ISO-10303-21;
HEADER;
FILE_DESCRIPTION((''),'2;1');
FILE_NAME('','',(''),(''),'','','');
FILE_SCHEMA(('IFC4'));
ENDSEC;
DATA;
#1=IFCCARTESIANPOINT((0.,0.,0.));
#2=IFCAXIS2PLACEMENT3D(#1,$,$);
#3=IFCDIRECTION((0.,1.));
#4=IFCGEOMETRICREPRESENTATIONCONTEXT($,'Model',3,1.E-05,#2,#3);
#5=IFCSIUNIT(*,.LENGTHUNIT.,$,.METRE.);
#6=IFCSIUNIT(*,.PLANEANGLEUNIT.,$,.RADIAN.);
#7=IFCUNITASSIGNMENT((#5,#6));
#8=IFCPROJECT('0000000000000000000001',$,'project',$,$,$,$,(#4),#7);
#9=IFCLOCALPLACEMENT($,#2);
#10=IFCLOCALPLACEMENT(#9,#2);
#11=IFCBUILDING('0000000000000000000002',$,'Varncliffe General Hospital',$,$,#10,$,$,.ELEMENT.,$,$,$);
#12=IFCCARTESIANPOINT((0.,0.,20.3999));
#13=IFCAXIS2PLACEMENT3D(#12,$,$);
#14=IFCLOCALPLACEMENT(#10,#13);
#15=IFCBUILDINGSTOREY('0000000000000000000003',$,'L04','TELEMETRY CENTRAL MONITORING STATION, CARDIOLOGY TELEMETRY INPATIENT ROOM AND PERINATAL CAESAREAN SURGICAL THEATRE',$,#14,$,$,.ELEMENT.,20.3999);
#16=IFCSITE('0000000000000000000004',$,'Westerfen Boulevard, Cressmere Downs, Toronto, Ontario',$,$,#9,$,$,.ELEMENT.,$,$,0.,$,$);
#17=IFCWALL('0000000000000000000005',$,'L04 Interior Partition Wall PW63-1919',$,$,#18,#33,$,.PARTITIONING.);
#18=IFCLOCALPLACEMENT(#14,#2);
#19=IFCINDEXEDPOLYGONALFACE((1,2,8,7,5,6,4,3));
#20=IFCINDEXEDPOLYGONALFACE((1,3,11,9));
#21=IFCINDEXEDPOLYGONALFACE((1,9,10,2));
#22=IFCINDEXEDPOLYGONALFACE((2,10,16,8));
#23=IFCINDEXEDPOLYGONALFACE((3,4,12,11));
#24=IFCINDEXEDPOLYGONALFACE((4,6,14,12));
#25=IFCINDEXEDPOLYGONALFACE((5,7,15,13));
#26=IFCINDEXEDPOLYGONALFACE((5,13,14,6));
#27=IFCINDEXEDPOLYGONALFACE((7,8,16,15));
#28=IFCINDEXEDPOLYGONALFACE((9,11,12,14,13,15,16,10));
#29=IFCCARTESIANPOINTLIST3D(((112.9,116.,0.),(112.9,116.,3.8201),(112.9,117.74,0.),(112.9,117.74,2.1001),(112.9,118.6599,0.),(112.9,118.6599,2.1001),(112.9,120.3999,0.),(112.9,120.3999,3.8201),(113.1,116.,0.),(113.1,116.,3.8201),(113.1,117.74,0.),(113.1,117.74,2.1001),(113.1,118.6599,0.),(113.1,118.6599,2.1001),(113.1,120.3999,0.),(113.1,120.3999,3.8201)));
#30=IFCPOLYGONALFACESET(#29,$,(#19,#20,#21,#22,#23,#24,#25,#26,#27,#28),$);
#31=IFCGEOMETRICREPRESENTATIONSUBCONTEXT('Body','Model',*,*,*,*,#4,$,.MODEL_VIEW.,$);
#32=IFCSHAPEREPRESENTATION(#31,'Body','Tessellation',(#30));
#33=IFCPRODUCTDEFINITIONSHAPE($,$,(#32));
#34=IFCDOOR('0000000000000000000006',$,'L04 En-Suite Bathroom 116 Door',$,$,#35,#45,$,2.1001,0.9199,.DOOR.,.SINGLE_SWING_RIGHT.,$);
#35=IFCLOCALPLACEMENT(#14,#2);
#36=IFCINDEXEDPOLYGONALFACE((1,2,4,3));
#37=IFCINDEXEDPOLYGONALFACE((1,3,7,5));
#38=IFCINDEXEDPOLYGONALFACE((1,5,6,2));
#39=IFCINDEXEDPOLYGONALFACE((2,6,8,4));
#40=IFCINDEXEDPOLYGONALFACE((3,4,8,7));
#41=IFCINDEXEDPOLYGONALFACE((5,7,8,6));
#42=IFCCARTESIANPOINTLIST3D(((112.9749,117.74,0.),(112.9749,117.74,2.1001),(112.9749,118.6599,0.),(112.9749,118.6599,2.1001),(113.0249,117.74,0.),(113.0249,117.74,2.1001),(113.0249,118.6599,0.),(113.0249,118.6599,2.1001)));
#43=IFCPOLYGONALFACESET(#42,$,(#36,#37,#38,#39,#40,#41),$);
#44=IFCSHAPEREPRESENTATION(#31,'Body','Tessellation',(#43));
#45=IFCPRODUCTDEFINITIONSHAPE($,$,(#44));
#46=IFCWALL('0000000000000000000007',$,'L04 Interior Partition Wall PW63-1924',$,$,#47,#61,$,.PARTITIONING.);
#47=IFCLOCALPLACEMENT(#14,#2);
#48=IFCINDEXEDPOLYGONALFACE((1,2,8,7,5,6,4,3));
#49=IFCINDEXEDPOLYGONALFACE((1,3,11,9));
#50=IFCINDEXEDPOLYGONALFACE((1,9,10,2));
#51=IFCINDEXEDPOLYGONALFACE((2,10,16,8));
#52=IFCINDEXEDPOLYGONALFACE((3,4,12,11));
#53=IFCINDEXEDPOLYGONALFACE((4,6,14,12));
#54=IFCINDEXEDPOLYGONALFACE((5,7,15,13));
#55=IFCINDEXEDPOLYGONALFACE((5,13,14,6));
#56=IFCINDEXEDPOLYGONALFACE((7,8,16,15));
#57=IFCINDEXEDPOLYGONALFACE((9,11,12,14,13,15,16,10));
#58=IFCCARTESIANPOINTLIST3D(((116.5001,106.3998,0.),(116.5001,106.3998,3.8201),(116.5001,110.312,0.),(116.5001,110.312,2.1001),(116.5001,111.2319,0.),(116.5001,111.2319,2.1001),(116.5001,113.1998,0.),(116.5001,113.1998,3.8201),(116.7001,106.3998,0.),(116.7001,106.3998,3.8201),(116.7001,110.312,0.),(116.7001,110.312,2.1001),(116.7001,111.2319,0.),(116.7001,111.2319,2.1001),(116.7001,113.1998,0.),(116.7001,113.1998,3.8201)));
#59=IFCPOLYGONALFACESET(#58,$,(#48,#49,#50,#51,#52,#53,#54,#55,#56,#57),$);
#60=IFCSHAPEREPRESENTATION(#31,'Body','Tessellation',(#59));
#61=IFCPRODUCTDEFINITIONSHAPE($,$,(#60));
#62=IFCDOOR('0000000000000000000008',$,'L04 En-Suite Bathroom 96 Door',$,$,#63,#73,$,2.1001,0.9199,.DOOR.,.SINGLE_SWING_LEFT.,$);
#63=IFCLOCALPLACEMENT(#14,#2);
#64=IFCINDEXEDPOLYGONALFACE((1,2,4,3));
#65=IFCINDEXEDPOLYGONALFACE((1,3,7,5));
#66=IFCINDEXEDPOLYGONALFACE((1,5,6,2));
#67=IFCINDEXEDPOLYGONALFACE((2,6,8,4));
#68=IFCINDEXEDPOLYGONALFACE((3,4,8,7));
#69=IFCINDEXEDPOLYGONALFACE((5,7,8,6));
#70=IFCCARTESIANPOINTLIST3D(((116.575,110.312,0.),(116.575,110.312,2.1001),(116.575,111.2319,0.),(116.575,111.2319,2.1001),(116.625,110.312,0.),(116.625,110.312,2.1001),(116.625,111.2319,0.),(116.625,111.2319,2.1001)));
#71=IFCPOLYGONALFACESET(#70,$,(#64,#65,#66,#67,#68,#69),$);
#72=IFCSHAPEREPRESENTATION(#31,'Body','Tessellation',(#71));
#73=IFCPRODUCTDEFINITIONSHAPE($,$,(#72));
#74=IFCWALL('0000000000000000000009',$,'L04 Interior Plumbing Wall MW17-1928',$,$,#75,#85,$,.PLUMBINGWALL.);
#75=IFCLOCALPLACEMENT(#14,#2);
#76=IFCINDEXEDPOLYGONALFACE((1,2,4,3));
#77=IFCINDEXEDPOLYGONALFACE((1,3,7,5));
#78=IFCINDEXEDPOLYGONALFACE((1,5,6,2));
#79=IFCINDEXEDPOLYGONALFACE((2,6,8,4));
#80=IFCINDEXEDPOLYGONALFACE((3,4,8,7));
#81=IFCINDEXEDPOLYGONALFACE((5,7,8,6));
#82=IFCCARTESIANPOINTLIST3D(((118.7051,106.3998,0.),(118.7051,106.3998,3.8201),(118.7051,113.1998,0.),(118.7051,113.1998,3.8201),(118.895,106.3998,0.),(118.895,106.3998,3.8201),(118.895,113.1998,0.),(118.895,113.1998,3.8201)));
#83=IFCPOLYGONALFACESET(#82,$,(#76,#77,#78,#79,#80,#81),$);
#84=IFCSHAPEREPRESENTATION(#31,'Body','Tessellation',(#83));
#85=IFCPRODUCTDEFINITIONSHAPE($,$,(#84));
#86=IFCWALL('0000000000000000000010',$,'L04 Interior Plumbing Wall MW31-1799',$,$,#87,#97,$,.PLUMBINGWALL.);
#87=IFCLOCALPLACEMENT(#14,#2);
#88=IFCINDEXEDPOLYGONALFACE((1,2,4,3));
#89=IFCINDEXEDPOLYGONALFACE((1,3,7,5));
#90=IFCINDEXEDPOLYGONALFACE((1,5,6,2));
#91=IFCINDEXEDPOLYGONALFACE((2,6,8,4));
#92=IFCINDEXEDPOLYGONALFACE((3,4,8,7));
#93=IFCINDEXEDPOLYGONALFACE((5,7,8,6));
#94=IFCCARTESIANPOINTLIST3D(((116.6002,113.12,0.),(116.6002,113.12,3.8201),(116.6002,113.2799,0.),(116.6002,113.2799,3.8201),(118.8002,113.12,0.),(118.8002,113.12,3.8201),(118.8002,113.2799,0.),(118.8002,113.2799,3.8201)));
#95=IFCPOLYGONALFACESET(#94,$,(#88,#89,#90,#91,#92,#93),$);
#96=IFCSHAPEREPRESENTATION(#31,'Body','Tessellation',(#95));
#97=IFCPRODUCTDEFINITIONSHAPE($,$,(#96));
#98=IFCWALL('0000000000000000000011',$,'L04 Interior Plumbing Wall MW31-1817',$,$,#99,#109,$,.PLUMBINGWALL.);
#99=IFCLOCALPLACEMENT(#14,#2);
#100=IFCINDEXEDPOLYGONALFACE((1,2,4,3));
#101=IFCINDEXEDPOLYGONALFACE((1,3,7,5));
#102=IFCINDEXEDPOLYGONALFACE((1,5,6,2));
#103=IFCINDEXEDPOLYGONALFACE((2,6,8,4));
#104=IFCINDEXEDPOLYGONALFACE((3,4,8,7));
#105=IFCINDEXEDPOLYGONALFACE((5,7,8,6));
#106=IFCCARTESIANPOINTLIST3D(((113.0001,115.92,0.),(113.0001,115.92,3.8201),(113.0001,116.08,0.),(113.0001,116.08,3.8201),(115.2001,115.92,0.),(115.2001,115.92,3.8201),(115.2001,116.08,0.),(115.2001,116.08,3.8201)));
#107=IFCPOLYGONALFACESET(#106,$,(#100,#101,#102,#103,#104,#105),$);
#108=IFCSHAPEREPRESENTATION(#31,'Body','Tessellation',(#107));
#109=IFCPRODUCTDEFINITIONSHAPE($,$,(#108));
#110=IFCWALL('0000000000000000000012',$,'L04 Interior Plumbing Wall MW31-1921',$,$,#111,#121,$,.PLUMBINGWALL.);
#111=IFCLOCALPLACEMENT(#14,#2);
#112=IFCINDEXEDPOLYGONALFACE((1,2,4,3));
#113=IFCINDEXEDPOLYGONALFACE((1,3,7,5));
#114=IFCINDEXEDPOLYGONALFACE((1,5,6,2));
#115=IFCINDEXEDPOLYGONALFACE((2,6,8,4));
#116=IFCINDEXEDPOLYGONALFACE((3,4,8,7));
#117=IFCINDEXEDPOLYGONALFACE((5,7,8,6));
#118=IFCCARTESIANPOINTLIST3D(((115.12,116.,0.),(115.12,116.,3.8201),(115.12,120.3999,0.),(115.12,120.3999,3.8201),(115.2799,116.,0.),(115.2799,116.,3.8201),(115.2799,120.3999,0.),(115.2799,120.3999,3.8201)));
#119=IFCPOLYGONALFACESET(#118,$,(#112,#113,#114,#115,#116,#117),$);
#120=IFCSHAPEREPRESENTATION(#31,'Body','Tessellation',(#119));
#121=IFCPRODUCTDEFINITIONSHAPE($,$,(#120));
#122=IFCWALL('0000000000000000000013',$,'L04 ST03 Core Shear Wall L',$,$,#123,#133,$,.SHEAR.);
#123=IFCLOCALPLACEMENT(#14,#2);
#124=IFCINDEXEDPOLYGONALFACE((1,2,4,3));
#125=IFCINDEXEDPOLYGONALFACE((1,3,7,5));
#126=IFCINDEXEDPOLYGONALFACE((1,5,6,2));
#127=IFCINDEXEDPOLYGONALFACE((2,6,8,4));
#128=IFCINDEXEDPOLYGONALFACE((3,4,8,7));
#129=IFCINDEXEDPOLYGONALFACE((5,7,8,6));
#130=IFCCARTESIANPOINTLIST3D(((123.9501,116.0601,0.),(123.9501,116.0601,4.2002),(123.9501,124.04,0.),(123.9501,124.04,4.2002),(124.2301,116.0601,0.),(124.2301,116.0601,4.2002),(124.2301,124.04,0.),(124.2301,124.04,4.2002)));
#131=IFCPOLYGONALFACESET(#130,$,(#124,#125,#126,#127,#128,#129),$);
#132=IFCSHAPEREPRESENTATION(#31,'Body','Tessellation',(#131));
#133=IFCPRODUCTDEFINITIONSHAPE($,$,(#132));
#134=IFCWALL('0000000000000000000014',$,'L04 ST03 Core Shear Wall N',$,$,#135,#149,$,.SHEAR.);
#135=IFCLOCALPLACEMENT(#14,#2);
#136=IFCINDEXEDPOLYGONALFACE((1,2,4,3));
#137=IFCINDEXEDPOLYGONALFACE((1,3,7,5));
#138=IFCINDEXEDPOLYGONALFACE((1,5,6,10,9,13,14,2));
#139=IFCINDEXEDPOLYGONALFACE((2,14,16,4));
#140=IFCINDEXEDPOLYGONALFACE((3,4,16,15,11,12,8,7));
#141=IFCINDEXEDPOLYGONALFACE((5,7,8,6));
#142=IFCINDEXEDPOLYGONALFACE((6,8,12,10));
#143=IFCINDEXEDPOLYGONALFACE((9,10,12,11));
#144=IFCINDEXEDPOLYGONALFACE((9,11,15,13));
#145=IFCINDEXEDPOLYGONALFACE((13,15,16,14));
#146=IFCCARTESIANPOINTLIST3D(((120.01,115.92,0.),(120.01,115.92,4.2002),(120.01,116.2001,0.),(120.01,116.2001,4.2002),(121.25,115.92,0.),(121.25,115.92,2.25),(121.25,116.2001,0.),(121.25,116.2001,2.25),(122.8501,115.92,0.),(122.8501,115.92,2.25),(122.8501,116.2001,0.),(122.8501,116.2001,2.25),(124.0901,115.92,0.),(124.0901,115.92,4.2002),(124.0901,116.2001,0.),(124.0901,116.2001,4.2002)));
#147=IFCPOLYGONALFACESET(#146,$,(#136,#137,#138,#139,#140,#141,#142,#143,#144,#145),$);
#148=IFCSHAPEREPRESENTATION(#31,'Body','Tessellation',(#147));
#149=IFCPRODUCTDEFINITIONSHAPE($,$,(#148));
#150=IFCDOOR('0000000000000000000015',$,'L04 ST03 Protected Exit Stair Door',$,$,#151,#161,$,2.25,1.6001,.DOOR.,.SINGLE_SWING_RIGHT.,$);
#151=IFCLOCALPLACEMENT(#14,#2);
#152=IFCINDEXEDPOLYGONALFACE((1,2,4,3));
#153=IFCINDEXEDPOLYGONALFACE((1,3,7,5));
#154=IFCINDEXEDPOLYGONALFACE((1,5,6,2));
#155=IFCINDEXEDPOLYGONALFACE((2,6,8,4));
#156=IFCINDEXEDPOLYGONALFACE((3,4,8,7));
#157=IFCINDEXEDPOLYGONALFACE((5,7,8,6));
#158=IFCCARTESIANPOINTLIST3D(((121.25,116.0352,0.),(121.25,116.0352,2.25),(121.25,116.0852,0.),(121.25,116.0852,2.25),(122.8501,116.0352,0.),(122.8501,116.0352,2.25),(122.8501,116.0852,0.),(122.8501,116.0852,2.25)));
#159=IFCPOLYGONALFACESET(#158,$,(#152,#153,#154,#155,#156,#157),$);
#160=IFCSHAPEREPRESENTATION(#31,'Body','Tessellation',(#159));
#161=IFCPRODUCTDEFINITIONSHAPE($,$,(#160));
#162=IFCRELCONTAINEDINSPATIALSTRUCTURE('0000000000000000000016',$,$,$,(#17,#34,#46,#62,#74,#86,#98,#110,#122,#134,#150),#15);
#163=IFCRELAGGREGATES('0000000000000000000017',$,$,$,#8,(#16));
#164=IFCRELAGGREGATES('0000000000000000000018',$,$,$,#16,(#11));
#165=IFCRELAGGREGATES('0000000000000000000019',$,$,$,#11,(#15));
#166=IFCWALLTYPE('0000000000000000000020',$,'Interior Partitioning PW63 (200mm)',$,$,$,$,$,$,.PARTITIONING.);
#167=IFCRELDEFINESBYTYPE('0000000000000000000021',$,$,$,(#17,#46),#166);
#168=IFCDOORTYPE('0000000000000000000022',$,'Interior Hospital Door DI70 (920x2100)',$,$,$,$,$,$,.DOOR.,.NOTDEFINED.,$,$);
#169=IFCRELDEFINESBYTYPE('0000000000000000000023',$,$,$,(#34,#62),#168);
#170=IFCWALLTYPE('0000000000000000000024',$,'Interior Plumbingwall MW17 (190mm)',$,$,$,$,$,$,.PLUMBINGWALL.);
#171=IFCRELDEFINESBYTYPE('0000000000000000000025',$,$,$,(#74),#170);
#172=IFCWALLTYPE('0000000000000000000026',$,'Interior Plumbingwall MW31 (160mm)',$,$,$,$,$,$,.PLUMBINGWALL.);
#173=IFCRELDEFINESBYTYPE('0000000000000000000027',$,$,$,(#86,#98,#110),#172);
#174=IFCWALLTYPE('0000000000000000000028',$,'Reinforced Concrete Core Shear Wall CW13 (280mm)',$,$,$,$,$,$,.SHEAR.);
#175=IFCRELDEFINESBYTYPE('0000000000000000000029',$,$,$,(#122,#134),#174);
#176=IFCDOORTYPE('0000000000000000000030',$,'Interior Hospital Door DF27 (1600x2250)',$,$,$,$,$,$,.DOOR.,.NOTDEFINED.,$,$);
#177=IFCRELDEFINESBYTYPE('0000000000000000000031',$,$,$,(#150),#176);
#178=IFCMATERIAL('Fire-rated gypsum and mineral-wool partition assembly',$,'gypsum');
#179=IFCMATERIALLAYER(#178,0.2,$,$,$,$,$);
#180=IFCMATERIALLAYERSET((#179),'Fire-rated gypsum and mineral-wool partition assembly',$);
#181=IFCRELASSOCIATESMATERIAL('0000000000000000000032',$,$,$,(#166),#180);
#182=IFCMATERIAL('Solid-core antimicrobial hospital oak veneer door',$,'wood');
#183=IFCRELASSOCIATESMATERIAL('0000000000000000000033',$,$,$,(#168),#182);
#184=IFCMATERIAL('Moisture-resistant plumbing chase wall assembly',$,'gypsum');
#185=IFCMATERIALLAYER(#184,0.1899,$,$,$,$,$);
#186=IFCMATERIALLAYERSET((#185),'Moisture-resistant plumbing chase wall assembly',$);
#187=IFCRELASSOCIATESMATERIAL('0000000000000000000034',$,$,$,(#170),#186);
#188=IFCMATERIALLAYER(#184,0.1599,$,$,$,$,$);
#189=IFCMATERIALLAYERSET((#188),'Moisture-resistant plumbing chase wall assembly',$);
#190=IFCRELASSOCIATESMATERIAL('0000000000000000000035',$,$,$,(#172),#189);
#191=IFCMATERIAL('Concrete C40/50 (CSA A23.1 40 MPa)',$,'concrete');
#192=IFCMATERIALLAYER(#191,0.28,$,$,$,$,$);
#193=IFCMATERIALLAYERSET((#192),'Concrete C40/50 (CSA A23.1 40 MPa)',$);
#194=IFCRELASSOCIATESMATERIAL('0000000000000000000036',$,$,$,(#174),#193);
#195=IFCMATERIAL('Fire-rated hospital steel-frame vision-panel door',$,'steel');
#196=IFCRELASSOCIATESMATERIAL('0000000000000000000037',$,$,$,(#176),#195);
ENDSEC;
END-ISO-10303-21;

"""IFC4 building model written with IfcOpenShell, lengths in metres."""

from ifc_helpers import new_model, si_unit, direction, frame, frame_2d, origin, place, context, subcontext, project, spatial, rectangle, extrude, material, layer, layer_set, type_object, element, fill, save


model = new_model("IFC4")

# Units and contexts
model_context = context("Model", 3, precision=1e-05, world=origin(), true_north=direction((0.0, 1.0)))
body_context = subcontext(model_context, "Body", "Model", "MODEL_VIEW")
ifc_project = project(units=[si_unit("LENGTHUNIT", "METRE"), si_unit("PLANEANGLEUNIT", "RADIAN")], contexts=[model_context])

# Site, building, storey
site_placement = place(None, origin())
site = spatial("IfcSite", under=ifc_project, at=site_placement, Name="Westerfen Boulevard, Cressmere Downs, Toronto, Ontario", CompositionType="ELEMENT", RefElevation=0.0)
building_placement = place(site_placement, origin())
building = spatial("IfcBuilding", under=site, at=building_placement, Name="Varncliffe General Hospital", CompositionType="ELEMENT")
storey_placement = place(building_placement, frame((0.0, 0.0, 20.3999)))
storey = spatial("IfcBuildingStorey", under=building, at=storey_placement, Name="L04", Description="TELEMETRY CENTRAL MONITORING STATION, CARDIOLOGY TELEMETRY INPATIENT ROOM AND PERINATAL CAESAREAN SURGICAL THEATRE", CompositionType="ELEMENT", Elevation=20.3999)

# Shared definitions
ifc_material_1 = material(Name="Concrete C40/50 (CSA A23.1 40 MPa)", Category="concrete")

# Shared definitions
ifc_material_2 = material(Name="Fire-rated gypsum and mineral-wool partition assembly", Category="gypsum")
ifc_material_3 = material(Name="Fire-rated hospital steel-frame vision-panel door", Category="steel")

# Walls, openings, doors
ifc_layer_1 = layer(ifc_material_2, 0.2)
ifc_layer_set_1 = layer_set([ifc_layer_1], Name="Fire-rated gypsum and mineral-wool partition assembly")
wall_type_1 = type_object("IfcWallType", Name="Interior Partitioning PW63 (200mm)", PredefinedType="PARTITIONING", material=ifc_layer_set_1)
wall_1_placement = place(storey_placement, frame((113.0, 116.0, 0.0), z_axis=(0.0, 0.0, 1.0), x_axis=(0.0, 1.0, 0.0)))
wall_1 = element("IfcWall", 1, at=wall_1_placement, inside=storey, type_object=wall_type_1, Name="L04 Interior Partition Wall PW63-1919", PredefinedType="PARTITIONING", context=body_context, shape_type="SweptSolid", body=[
    extrude(rectangle(XDim=4.3999, YDim=0.2, at=frame_2d((2.2, 0.0))), origin(), (0.0, 0.0, 1.0), 3.8201),
])
opening_1_placement = place(wall_1_placement, frame((1.74, 0.0, 0.0)))
opening_1 = element("IfcOpeningElement", 2, at=opening_1_placement, cuts=wall_1, PredefinedType="OPENING", context=body_context, shape_type="SweptSolid", body=[
    extrude(rectangle(XDim=0.9199, YDim=2.1001, at=frame_2d((0.46, 1.05))), frame((0.0, 0.1099, 0.0), z_axis=(0.0, -1.0, 0.0), x_axis=(1.0, 0.0, 0.0)), (0.0, 0.0, 1.0), 0.22),
])
ifc_material_4 = material(Name="Solid-core antimicrobial hospital oak veneer door", Category="wood")
door_type_1 = type_object("IfcDoorType", Name="Interior Hospital Door DI70 (920x2100)", OperationType="NOTDEFINED", PredefinedType="DOOR", material=ifc_material_4)
door_1_placement = place(opening_1_placement, frame((0.9199, 0.0, 0.0), z_axis=(0.0, 0.0, 1.0), x_axis=(-1.0, 0.0, 0.0)))
door_1 = element("IfcDoor", 3, at=door_1_placement, inside=storey, type_object=door_type_1, Name="L04 En-Suite Bathroom 116 Door", OperationType="SINGLE_SWING_RIGHT", OverallHeight=2.1001, OverallWidth=0.9199, PredefinedType="DOOR", context=body_context, shape_type="SweptSolid", body=[
    extrude(rectangle(XDim=0.9199, YDim=2.1001, at=frame_2d((0.46, 1.05))), frame((0.0, 0.0249, 0.0), z_axis=(0.0, -1.0, 0.0), x_axis=(1.0, 0.0, 0.0)), (0.0, 0.0, 1.0), 0.05),
])
fill(opening_1, door_1)
wall_2_placement = place(storey_placement, frame((116.6001, 106.3999, 0.0), z_axis=(0.0, 0.0, 1.0), x_axis=(0.0, 1.0, 0.0)))
wall_2 = element("IfcWall", 4, at=wall_2_placement, inside=storey, type_object=wall_type_1, Name="L04 Interior Partition Wall PW63-1924", PredefinedType="PARTITIONING", context=body_context, shape_type="SweptSolid", body=[
    extrude(rectangle(XDim=6.8, YDim=0.2, at=frame_2d((3.3999, 0.0))), origin(), (0.0, 0.0, 1.0), 3.8201),
])
opening_2_placement = place(wall_2_placement, frame((3.9121, 0.0, 0.0)))
opening_2 = element("IfcOpeningElement", 5, at=opening_2_placement, cuts=wall_2, PredefinedType="OPENING", context=body_context, shape_type="SweptSolid", body=[
    extrude(rectangle(XDim=0.9199, YDim=2.1001, at=frame_2d((0.46, 1.05))), frame((0.0, 0.1099, 0.0), z_axis=(0.0, -1.0, 0.0), x_axis=(1.0, 0.0, 0.0)), (0.0, 0.0, 1.0), 0.22),
])
door_2_placement = place(opening_2_placement, frame((0.9199, 0.0, 0.0), z_axis=(0.0, 0.0, 1.0), x_axis=(-1.0, 0.0, 0.0)))
door_2 = element("IfcDoor", 6, at=door_2_placement, inside=storey, type_object=door_type_1, Name="L04 En-Suite Bathroom 96 Door", OperationType="SINGLE_SWING_LEFT", OverallHeight=2.1001, OverallWidth=0.9199, PredefinedType="DOOR", context=body_context, shape_type="SweptSolid", body=[
    extrude(rectangle(XDim=0.9199, YDim=2.1001, at=frame_2d((0.46, 1.05))), frame((0.0, 0.0249, 0.0), z_axis=(0.0, -1.0, 0.0), x_axis=(1.0, 0.0, 0.0)), (0.0, 0.0, 1.0), 0.05),
])
fill(opening_2, door_2)

# Walls
ifc_material_5 = material(Name="Moisture-resistant plumbing chase wall assembly", Category="gypsum")
ifc_layer_2 = layer(ifc_material_5, 0.1899)
ifc_layer_set_2 = layer_set([ifc_layer_2], Name="Moisture-resistant plumbing chase wall assembly")
wall_type_2 = type_object("IfcWallType", Name="Interior Plumbingwall MW17 (190mm)", PredefinedType="PLUMBINGWALL", material=ifc_layer_set_2)
wall_3_placement = place(storey_placement, frame((118.8, 106.3999, 0.0), z_axis=(0.0, 0.0, 1.0), x_axis=(0.0, 1.0, 0.0)))
element("IfcWall", 7, at=wall_3_placement, inside=storey, type_object=wall_type_2, Name="L04 Interior Plumbing Wall MW17-1928", PredefinedType="PLUMBINGWALL", context=body_context, shape_type="SweptSolid", body=[
    extrude(rectangle(XDim=6.8, YDim=0.1899, at=frame_2d((3.3999, 0.0))), origin(), (0.0, 0.0, 1.0), 3.8201),
])
ifc_layer_3 = layer(ifc_material_5, 0.1599)
ifc_layer_set_3 = layer_set([ifc_layer_3], Name="Moisture-resistant plumbing chase wall assembly")
wall_type_3 = type_object("IfcWallType", Name="Interior Plumbingwall MW31 (160mm)", PredefinedType="PLUMBINGWALL", material=ifc_layer_set_3)
for number, where, z_axis, x_axis, name in (
    (8, (116.6001, 113.2, 0.0), (0.0, 0.0, 1.0), (1.0, 0.0, 0.0), "L04 Interior Plumbing Wall MW31-1799"),
    (9, (113.0, 116.0, 0.0), (0.0, 0.0, 1.0), (1.0, 0.0, 0.0), "L04 Interior Plumbing Wall MW31-1817"),
):
    element("IfcWall", number, at=place(storey_placement, frame(where, z_axis=z_axis, x_axis=x_axis)), inside=storey, type_object=wall_type_3, Name=name, PredefinedType="PLUMBINGWALL", context=body_context, shape_type="SweptSolid", body=[
        extrude(rectangle(XDim=2.2, YDim=0.1599, at=frame_2d((1.1001, 0.0))), origin(), (0.0, 0.0, 1.0), 3.8201),
    ])
wall_4_placement = place(storey_placement, frame((115.2, 116.0, 0.0), z_axis=(0.0, 0.0, 1.0), x_axis=(0.0, 1.0, 0.0)))
element("IfcWall", 10, at=wall_4_placement, inside=storey, type_object=wall_type_3, Name="L04 Interior Plumbing Wall MW31-1921", PredefinedType="PLUMBINGWALL", context=body_context, shape_type="SweptSolid", body=[
    extrude(rectangle(XDim=4.3999, YDim=0.1599, at=frame_2d((2.2, 0.0))), origin(), (0.0, 0.0, 1.0), 3.8201),
])
ifc_layer_4 = layer(ifc_material_1, 0.28)
ifc_layer_set_4 = layer_set([ifc_layer_4], Name="Concrete C40/50 (CSA A23.1 40 MPa)")
wall_type_4 = type_object("IfcWallType", Name="Reinforced Concrete Core Shear Wall CW13 (280mm)", PredefinedType="SHEAR", material=ifc_layer_set_4)
wall_5_placement = place(storey_placement, frame((124.0901, 116.0601, 0.0), z_axis=(0.0, 0.0, 1.0), x_axis=(0.0, 1.0, 0.0)))
element("IfcWall", 11, at=wall_5_placement, inside=storey, type_object=wall_type_4, Name="L04 ST03 Core Shear Wall L", PredefinedType="SHEAR", context=body_context, shape_type="SweptSolid", body=[
    extrude(rectangle(XDim=7.98, YDim=0.28, at=frame_2d((3.99, 0.0))), origin(), (0.0, 0.0, 1.0), 4.2002),
])

# Wall, opening, door
wall_6_placement = place(storey_placement, frame((120.01, 116.0601, 0.0), z_axis=(0.0, 0.0, 1.0), x_axis=(1.0, 0.0, 0.0)))
wall_6 = element("IfcWall", 12, at=wall_6_placement, inside=storey, type_object=wall_type_4, Name="L04 ST03 Core Shear Wall N", PredefinedType="SHEAR", context=body_context, shape_type="SweptSolid", body=[
    extrude(rectangle(XDim=4.0801, YDim=0.28, at=frame_2d((2.04, 0.0))), origin(), (0.0, 0.0, 1.0), 4.2002),
])
opening_3_placement = place(wall_6_placement, frame((1.24, 0.0, 0.0)))
opening_3 = element("IfcOpeningElement", 13, at=opening_3_placement, cuts=wall_6, PredefinedType="OPENING", context=body_context, shape_type="SweptSolid", body=[
    extrude(rectangle(XDim=1.6001, YDim=2.25, at=frame_2d((0.8, 1.125))), frame((0.0, 0.1499, 0.0), z_axis=(0.0, -1.0, 0.0), x_axis=(1.0, 0.0, 0.0)), (0.0, 0.0, 1.0), 0.3),
])
door_type_2 = type_object("IfcDoorType", Name="Interior Hospital Door DF27 (1600x2250)", OperationType="NOTDEFINED", PredefinedType="DOOR", material=ifc_material_3)
door_3_placement = place(opening_3_placement, frame((1.6001, 0.0, 0.0), z_axis=(0.0, 0.0, 1.0), x_axis=(-1.0, 0.0, 0.0)))
door_3 = element("IfcDoor", 14, at=door_3_placement, inside=storey, type_object=door_type_2, Name="L04 ST03 Protected Exit Stair Door", OperationType="SINGLE_SWING_RIGHT", OverallHeight=2.25, OverallWidth=1.6001, PredefinedType="DOOR", context=body_context, shape_type="SweptSolid", body=[
    extrude(rectangle(XDim=1.6001, YDim=2.25, at=frame_2d((0.8, 1.125))), frame((0.0, 0.0249, 0.0), z_axis=(0.0, -1.0, 0.0), x_axis=(1.0, 0.0, 0.0)), (0.0, 0.0, 1.0), 0.05),
])
fill(opening_3, door_3)

save(model, "model.ifc")
